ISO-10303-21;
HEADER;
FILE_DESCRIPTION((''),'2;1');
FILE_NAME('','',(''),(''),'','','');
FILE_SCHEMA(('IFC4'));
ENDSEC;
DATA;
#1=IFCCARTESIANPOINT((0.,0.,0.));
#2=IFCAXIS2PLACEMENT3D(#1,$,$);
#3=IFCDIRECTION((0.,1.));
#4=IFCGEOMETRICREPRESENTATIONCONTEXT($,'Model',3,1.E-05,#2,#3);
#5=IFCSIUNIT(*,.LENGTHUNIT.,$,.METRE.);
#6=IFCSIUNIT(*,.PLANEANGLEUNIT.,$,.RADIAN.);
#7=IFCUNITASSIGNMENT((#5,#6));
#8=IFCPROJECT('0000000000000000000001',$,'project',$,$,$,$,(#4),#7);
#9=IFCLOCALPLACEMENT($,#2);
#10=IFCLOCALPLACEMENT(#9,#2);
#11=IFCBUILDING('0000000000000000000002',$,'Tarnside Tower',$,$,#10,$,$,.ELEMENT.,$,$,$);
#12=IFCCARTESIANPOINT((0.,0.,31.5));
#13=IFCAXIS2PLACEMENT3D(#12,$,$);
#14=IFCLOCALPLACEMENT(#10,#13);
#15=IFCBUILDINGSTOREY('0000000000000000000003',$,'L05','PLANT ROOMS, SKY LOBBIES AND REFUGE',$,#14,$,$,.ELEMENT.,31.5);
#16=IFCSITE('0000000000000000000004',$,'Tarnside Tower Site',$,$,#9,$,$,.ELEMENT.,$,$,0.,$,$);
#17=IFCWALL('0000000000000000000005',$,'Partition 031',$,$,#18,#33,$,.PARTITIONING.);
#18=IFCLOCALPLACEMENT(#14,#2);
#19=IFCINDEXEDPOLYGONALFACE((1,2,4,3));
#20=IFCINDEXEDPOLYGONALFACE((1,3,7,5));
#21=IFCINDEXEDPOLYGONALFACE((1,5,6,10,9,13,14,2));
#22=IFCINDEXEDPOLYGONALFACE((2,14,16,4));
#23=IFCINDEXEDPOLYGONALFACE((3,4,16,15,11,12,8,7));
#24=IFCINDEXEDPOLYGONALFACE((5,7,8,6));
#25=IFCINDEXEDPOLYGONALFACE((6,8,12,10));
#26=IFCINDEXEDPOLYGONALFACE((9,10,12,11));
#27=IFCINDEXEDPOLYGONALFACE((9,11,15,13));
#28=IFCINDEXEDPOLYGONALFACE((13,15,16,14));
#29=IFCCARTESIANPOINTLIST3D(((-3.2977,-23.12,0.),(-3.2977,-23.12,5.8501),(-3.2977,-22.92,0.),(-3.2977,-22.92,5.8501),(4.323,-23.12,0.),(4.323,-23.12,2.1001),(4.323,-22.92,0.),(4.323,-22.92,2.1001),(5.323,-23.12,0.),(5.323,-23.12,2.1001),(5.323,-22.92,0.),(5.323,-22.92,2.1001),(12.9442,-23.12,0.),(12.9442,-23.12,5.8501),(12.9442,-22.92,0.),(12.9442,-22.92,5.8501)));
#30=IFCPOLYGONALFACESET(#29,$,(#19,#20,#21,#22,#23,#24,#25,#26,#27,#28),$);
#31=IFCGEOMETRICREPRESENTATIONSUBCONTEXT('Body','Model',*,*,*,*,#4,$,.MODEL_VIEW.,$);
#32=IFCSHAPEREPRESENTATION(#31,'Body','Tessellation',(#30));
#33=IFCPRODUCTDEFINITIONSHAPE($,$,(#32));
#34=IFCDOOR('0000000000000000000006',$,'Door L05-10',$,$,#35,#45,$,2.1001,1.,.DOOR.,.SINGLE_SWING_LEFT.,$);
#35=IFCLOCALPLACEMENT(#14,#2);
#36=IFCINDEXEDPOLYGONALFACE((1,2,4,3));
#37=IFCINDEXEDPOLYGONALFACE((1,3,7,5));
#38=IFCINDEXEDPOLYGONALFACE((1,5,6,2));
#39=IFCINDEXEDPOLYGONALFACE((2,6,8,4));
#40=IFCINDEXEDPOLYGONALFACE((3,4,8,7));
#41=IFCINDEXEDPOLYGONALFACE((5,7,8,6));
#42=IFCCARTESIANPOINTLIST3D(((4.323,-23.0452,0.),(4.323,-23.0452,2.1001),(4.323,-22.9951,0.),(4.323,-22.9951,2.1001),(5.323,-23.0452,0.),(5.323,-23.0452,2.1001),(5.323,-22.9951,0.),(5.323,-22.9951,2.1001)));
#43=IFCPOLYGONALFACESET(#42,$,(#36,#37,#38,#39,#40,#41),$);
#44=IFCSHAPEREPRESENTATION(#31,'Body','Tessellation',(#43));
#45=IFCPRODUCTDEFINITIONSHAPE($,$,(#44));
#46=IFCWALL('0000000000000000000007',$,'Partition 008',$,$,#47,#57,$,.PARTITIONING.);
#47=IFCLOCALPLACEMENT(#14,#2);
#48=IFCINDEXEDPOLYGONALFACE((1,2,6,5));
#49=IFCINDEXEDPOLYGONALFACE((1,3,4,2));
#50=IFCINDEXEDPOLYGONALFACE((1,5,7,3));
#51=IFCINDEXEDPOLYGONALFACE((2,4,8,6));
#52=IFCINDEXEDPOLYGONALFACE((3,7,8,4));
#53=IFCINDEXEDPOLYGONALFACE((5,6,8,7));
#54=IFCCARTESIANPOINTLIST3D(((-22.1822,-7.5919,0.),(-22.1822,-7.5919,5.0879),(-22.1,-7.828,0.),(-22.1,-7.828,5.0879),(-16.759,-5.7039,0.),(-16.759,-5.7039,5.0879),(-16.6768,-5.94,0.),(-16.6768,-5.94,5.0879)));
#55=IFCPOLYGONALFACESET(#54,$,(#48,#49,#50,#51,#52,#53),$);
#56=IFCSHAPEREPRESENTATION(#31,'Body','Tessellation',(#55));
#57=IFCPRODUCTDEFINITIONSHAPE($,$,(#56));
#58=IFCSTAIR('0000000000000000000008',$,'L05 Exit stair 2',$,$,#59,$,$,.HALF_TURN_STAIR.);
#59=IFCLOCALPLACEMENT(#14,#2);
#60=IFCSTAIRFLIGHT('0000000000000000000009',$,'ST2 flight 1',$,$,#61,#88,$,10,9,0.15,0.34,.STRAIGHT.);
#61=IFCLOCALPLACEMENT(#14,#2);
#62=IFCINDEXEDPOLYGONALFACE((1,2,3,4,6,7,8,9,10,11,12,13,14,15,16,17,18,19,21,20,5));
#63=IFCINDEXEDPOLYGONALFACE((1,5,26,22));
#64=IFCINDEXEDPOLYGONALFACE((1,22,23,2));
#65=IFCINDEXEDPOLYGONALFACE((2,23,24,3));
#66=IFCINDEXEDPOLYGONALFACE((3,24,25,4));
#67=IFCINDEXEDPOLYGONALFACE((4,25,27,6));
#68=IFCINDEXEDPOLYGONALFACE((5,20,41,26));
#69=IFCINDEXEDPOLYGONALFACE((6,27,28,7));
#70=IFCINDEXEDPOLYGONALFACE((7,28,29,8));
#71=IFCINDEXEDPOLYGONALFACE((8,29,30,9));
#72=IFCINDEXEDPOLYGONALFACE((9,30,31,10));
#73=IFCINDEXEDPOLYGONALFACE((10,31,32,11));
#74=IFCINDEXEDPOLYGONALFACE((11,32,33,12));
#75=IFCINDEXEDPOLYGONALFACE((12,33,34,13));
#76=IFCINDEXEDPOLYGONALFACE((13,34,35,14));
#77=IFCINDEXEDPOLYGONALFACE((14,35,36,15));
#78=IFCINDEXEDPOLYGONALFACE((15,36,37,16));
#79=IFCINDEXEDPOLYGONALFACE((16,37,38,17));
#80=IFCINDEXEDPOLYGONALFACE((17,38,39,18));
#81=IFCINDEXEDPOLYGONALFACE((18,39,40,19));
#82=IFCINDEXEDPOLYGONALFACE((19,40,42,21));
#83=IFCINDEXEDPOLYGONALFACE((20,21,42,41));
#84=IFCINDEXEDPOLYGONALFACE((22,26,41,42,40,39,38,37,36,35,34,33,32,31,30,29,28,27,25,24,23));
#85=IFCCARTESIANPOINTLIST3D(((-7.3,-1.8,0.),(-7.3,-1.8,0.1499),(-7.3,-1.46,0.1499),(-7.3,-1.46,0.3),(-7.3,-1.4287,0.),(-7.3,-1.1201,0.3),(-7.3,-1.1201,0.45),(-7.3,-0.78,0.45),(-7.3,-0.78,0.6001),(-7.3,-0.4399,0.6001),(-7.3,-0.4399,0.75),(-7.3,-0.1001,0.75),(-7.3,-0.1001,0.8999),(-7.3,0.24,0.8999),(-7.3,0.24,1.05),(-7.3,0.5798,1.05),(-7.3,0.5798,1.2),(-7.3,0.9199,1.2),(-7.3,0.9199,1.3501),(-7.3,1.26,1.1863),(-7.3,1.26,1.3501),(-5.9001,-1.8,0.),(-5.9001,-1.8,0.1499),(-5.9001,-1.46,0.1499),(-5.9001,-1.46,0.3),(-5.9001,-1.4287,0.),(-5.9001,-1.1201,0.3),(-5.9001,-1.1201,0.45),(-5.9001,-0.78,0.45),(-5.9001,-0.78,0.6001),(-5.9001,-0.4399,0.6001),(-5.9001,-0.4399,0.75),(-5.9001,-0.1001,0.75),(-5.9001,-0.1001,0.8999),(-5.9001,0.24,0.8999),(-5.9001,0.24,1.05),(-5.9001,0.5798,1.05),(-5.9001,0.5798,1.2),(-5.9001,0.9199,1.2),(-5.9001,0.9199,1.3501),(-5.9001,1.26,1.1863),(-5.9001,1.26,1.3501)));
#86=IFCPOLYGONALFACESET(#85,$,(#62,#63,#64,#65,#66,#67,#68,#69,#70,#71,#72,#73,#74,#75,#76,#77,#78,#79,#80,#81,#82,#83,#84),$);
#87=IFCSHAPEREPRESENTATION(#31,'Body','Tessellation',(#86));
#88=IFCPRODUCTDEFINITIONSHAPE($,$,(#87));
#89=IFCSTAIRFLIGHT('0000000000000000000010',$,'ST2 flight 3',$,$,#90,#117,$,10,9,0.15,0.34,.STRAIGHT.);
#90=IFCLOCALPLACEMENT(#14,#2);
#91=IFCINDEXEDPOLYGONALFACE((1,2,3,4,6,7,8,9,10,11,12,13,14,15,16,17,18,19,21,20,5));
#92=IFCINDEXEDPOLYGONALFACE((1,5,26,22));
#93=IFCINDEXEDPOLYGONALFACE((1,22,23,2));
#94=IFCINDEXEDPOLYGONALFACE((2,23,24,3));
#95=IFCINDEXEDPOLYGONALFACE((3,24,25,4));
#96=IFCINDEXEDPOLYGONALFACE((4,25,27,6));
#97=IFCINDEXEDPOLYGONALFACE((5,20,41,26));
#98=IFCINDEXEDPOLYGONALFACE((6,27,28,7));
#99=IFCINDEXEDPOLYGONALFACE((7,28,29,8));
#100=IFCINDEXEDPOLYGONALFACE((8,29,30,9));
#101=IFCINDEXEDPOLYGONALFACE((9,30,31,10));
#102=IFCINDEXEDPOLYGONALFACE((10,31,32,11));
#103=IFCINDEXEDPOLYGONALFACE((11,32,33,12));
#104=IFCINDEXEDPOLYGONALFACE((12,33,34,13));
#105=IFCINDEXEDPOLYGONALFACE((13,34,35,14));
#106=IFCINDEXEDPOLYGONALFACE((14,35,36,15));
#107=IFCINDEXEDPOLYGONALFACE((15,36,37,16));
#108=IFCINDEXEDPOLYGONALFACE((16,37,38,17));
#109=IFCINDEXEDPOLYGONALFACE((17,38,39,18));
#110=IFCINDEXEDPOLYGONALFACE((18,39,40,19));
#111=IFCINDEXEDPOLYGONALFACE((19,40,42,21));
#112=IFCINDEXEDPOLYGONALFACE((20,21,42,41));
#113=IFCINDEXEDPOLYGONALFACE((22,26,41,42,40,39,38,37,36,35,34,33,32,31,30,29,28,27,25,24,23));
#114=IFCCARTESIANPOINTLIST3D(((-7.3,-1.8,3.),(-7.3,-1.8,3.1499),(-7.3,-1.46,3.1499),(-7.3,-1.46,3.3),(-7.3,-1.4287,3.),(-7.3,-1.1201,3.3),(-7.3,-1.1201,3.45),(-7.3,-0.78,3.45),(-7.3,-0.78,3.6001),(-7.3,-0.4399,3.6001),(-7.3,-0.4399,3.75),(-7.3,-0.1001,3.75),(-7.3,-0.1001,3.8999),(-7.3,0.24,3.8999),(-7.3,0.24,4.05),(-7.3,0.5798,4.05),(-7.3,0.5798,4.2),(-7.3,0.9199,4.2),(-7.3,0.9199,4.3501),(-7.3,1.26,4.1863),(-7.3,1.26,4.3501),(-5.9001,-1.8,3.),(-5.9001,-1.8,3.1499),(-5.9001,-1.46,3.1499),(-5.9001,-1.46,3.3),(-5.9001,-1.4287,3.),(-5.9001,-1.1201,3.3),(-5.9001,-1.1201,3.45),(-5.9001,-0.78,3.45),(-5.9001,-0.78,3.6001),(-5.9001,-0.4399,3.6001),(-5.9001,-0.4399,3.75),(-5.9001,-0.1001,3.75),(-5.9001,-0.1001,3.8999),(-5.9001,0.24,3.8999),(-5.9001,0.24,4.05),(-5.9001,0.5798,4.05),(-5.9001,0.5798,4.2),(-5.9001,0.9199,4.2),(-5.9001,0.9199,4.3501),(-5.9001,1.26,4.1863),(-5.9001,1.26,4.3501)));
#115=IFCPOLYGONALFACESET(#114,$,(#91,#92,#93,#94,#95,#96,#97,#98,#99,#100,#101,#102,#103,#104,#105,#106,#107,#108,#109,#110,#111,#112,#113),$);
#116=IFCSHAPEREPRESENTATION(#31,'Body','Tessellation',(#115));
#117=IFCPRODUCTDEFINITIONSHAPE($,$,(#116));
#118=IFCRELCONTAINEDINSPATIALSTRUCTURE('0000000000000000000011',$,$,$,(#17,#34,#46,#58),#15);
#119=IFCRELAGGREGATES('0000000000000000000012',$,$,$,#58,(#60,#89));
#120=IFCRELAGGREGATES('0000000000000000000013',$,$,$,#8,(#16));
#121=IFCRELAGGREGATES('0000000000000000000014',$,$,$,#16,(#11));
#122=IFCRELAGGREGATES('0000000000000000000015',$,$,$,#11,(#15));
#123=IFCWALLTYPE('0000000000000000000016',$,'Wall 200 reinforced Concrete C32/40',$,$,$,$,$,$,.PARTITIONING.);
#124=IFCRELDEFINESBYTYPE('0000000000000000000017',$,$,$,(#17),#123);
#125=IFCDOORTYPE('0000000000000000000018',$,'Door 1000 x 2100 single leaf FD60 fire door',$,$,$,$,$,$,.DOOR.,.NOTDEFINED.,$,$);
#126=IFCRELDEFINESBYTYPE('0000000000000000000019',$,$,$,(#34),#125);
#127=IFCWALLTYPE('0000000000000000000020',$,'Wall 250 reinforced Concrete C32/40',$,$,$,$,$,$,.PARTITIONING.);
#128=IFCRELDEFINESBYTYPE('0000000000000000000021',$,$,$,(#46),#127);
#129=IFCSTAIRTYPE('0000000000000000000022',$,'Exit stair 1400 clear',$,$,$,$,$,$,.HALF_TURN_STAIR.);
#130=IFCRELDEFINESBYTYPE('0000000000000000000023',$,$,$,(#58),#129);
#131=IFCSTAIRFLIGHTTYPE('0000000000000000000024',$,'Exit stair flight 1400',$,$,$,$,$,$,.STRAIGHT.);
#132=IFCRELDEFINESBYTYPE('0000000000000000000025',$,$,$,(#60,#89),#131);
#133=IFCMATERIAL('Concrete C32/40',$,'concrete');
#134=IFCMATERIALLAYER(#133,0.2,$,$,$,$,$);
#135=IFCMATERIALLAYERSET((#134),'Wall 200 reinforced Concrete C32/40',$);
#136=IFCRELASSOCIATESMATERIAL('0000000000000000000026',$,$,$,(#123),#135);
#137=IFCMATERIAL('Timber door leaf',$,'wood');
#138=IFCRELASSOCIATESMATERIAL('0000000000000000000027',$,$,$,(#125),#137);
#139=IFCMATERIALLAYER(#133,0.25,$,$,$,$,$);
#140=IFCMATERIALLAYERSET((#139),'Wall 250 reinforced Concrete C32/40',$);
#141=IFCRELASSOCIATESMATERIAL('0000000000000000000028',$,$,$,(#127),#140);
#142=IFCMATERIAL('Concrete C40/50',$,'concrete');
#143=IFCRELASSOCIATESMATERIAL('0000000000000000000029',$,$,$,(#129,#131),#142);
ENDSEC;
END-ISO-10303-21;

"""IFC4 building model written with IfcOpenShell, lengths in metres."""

from ifc_helpers import new_model, si_unit, direction, frame, frame_2d, origin, place, context, subcontext, project, spatial, polyline, rectangle, outline, extrude, material, layer, layer_set, type_object, element, fill, aggregate, save


model = new_model("IFC4")

# Units and contexts
model_context = context("Model", 3, precision=1e-05, world=origin(), true_north=direction((0.0, 1.0)))
body_context = subcontext(model_context, "Body", "Model", "MODEL_VIEW")
ifc_project = project(units=[si_unit("LENGTHUNIT", "METRE"), si_unit("PLANEANGLEUNIT", "RADIAN")], contexts=[model_context])

# Site, building, storey
site_placement = place(None, origin())
site = spatial("IfcSite", under=ifc_project, at=site_placement, Name="Tarnside Tower Site", CompositionType="ELEMENT", RefElevation=0.0)
building_placement = place(site_placement, origin())
building = spatial("IfcBuilding", under=site, at=building_placement, Name="Tarnside Tower", CompositionType="ELEMENT")
storey_placement = place(building_placement, frame((0.0, 0.0, 31.5)))
storey = spatial("IfcBuildingStorey", under=building, at=storey_placement, Name="L05", Description="PLANT ROOMS, SKY LOBBIES AND REFUGE", CompositionType="ELEMENT", Elevation=31.5)

# Shared definitions
ifc_material_1 = material(Name="Concrete C40/50", Category="concrete")

# Shared definitions
ifc_material_2 = material(Name="Concrete C32/40", Category="concrete")
ifc_layer_1 = layer(ifc_material_2, 0.2)
ifc_layer_set_1 = layer_set([ifc_layer_1], Name="Wall 200 reinforced Concrete C32/40")
wall_type_1 = type_object("IfcWallType", Name="Wall 200 reinforced Concrete C32/40", PredefinedType="PARTITIONING", material=ifc_layer_set_1)

# Wall, opening, door
wall_1_placement = place(storey_placement, frame((-3.2979, -23.02, 0.0), z_axis=(0.0, 0.0, 1.0), x_axis=(1.0, 0.0, 0.0)))
wall_1 = element("IfcWall", 1, at=wall_1_placement, inside=storey, type_object=wall_type_1, Name="Partition 031", PredefinedType="PARTITIONING", context=body_context, shape_type="SweptSolid", body=[
    extrude(rectangle(XDim=16.2419, YDim=0.2, at=frame_2d((8.1211, 0.0))), origin(), (0.0, 0.0, 1.0), 5.8501),
])
opening_1_placement = place(wall_1_placement, frame((7.6208, 0.0, 0.0)))
opening_1 = element("IfcOpeningElement", 2, at=opening_1_placement, cuts=wall_1, PredefinedType="OPENING", context=body_context, shape_type="SweptSolid", body=[
    extrude(rectangle(XDim=1.0, YDim=2.1001, at=frame_2d((0.5, 1.05))), frame((0.0, 0.1099, 0.0), z_axis=(0.0, -1.0, 0.0), x_axis=(1.0, 0.0, 0.0)), (0.0, 0.0, 1.0), 0.22),
])
ifc_material_3 = material(Name="Timber door leaf", Category="wood")
door_type_1 = type_object("IfcDoorType", Name="Door 1000 x 2100 single leaf FD60 fire door", OperationType="NOTDEFINED", PredefinedType="DOOR", material=ifc_material_3)
door_1_placement = place(opening_1_placement, origin())
door_1 = element("IfcDoor", 3, at=door_1_placement, inside=storey, type_object=door_type_1, Name="Door L05-10", OperationType="SINGLE_SWING_LEFT", OverallHeight=2.1001, OverallWidth=1.0, PredefinedType="DOOR", context=body_context, shape_type="SweptSolid", body=[
    extrude(rectangle(XDim=1.0, YDim=2.1001, at=frame_2d((0.5, 1.05))), frame((0.0, 0.0249, 0.0), z_axis=(0.0, -1.0, 0.0), x_axis=(1.0, 0.0, 0.0)), (0.0, 0.0, 1.0), 0.05),
])
fill(opening_1, door_1)

# Wall
ifc_layer_2 = layer(ifc_material_2, 0.25)
ifc_layer_set_2 = layer_set([ifc_layer_2], Name="Wall 250 reinforced Concrete C32/40")
wall_type_2 = type_object("IfcWallType", Name="Wall 250 reinforced Concrete C32/40", PredefinedType="PARTITIONING", material=ifc_layer_set_2)
wall_2_placement = place(storey_placement, frame((-16.718, -5.822, 0.0), z_axis=(0.0, 0.0, 1.0), x_axis=(-0.944408, -0.328776, 0.0)))
element("IfcWall", 4, at=wall_2_placement, inside=storey, type_object=wall_type_2, Name="Partition 008", PredefinedType="PARTITIONING", context=body_context, shape_type="SweptSolid", body=[
    extrude(rectangle(XDim=5.7424, YDim=0.25, at=frame_2d((2.8711, 0.0))), origin(), (0.0, 0.0, 1.0), 5.0879),
])

# Stair, stair flights
stair_type = type_object("IfcStairType", Name="Exit stair 1400 clear", PredefinedType="HALF_TURN_STAIR", material=ifc_material_1)
stair_placement = place(storey_placement, origin())
stair = element("IfcStair", 5, at=stair_placement, inside=storey, type_object=stair_type, Name="L05 Exit stair 2", PredefinedType="HALF_TURN_STAIR")
stair_flight_type = type_object("IfcStairFlightType", Name="Exit stair flight 1400", PredefinedType="STRAIGHT", material=ifc_material_1)
stair_flight_1_placement = place(storey_placement, frame((-6.6001, -1.8, 0.0), z_axis=(0.0, 0.0, 1.0), x_axis=(0.0, 1.0, 0.0)))
stair_flight_1 = element("IfcStairFlight", 6, at=stair_flight_1_placement, type_object=stair_flight_type, Name="ST2 flight 1", NumberOfRisers=10, NumberOfTreads=9, PredefinedType="STRAIGHT", RiserHeight=0.15, TreadLength=0.34, context=body_context, shape_type="SweptSolid", body=[
    extrude(outline(polyline([(0.0, 0.0), (0.0, 0.1499), (0.3401, 0.1499), (0.3401, 0.3), (0.6799, 0.3), (0.6799, 0.45), (1.02, 0.45), (1.02, 0.6001), (1.3601, 0.6001), (1.3601, 0.75), (1.7, 0.75), (1.7, 0.8999), (2.04, 0.8999), (2.04, 1.05), (2.3799, 1.05), (2.3799, 1.2), (2.72, 1.2), (2.72, 1.3501), (3.0601, 1.3501), (3.0601, 1.5), (3.0601, 1.1863), (0.3713, 0.0), (0.0, 0.0)])), frame((0.0, 0.7, 0.0), z_axis=(0.0, -1.0, 0.0), x_axis=(1.0, 0.0, 0.0)), (0.0, 0.0, 1.0), 1.3999),
])
stair_flight_2_placement = place(storey_placement, frame((-6.6001, -1.8, 3.0), z_axis=(0.0, 0.0, 1.0), x_axis=(0.0, 1.0, 0.0)))
stair_flight_2 = element("IfcStairFlight", 7, at=stair_flight_2_placement, type_object=stair_flight_type, Name="ST2 flight 3", NumberOfRisers=10, NumberOfTreads=9, PredefinedType="STRAIGHT", RiserHeight=0.15, TreadLength=0.34, context=body_context, shape_type="SweptSolid", body=[
    extrude(outline(polyline([(0.0, 0.0), (0.0, 0.1499), (0.3401, 0.1499), (0.3401, 0.3), (0.6799, 0.3), (0.6799, 0.45), (1.02, 0.45), (1.02, 0.6001), (1.3601, 0.6001), (1.3601, 0.75), (1.7, 0.75), (1.7, 0.8999), (2.04, 0.8999), (2.04, 1.05), (2.3799, 1.05), (2.3799, 1.2), (2.72, 1.2), (2.72, 1.3501), (3.0601, 1.3501), (3.0601, 1.5), (3.0601, 1.1863), (0.3713, 0.0), (0.0, 0.0)])), frame((0.0, 0.7, 0.0), z_axis=(0.0, -1.0, 0.0), x_axis=(1.0, 0.0, 0.0)), (0.0, 0.0, 1.0), 1.3999),
])
aggregate(stair, [stair_flight_1, stair_flight_2])

save(model, "model.ifc")
